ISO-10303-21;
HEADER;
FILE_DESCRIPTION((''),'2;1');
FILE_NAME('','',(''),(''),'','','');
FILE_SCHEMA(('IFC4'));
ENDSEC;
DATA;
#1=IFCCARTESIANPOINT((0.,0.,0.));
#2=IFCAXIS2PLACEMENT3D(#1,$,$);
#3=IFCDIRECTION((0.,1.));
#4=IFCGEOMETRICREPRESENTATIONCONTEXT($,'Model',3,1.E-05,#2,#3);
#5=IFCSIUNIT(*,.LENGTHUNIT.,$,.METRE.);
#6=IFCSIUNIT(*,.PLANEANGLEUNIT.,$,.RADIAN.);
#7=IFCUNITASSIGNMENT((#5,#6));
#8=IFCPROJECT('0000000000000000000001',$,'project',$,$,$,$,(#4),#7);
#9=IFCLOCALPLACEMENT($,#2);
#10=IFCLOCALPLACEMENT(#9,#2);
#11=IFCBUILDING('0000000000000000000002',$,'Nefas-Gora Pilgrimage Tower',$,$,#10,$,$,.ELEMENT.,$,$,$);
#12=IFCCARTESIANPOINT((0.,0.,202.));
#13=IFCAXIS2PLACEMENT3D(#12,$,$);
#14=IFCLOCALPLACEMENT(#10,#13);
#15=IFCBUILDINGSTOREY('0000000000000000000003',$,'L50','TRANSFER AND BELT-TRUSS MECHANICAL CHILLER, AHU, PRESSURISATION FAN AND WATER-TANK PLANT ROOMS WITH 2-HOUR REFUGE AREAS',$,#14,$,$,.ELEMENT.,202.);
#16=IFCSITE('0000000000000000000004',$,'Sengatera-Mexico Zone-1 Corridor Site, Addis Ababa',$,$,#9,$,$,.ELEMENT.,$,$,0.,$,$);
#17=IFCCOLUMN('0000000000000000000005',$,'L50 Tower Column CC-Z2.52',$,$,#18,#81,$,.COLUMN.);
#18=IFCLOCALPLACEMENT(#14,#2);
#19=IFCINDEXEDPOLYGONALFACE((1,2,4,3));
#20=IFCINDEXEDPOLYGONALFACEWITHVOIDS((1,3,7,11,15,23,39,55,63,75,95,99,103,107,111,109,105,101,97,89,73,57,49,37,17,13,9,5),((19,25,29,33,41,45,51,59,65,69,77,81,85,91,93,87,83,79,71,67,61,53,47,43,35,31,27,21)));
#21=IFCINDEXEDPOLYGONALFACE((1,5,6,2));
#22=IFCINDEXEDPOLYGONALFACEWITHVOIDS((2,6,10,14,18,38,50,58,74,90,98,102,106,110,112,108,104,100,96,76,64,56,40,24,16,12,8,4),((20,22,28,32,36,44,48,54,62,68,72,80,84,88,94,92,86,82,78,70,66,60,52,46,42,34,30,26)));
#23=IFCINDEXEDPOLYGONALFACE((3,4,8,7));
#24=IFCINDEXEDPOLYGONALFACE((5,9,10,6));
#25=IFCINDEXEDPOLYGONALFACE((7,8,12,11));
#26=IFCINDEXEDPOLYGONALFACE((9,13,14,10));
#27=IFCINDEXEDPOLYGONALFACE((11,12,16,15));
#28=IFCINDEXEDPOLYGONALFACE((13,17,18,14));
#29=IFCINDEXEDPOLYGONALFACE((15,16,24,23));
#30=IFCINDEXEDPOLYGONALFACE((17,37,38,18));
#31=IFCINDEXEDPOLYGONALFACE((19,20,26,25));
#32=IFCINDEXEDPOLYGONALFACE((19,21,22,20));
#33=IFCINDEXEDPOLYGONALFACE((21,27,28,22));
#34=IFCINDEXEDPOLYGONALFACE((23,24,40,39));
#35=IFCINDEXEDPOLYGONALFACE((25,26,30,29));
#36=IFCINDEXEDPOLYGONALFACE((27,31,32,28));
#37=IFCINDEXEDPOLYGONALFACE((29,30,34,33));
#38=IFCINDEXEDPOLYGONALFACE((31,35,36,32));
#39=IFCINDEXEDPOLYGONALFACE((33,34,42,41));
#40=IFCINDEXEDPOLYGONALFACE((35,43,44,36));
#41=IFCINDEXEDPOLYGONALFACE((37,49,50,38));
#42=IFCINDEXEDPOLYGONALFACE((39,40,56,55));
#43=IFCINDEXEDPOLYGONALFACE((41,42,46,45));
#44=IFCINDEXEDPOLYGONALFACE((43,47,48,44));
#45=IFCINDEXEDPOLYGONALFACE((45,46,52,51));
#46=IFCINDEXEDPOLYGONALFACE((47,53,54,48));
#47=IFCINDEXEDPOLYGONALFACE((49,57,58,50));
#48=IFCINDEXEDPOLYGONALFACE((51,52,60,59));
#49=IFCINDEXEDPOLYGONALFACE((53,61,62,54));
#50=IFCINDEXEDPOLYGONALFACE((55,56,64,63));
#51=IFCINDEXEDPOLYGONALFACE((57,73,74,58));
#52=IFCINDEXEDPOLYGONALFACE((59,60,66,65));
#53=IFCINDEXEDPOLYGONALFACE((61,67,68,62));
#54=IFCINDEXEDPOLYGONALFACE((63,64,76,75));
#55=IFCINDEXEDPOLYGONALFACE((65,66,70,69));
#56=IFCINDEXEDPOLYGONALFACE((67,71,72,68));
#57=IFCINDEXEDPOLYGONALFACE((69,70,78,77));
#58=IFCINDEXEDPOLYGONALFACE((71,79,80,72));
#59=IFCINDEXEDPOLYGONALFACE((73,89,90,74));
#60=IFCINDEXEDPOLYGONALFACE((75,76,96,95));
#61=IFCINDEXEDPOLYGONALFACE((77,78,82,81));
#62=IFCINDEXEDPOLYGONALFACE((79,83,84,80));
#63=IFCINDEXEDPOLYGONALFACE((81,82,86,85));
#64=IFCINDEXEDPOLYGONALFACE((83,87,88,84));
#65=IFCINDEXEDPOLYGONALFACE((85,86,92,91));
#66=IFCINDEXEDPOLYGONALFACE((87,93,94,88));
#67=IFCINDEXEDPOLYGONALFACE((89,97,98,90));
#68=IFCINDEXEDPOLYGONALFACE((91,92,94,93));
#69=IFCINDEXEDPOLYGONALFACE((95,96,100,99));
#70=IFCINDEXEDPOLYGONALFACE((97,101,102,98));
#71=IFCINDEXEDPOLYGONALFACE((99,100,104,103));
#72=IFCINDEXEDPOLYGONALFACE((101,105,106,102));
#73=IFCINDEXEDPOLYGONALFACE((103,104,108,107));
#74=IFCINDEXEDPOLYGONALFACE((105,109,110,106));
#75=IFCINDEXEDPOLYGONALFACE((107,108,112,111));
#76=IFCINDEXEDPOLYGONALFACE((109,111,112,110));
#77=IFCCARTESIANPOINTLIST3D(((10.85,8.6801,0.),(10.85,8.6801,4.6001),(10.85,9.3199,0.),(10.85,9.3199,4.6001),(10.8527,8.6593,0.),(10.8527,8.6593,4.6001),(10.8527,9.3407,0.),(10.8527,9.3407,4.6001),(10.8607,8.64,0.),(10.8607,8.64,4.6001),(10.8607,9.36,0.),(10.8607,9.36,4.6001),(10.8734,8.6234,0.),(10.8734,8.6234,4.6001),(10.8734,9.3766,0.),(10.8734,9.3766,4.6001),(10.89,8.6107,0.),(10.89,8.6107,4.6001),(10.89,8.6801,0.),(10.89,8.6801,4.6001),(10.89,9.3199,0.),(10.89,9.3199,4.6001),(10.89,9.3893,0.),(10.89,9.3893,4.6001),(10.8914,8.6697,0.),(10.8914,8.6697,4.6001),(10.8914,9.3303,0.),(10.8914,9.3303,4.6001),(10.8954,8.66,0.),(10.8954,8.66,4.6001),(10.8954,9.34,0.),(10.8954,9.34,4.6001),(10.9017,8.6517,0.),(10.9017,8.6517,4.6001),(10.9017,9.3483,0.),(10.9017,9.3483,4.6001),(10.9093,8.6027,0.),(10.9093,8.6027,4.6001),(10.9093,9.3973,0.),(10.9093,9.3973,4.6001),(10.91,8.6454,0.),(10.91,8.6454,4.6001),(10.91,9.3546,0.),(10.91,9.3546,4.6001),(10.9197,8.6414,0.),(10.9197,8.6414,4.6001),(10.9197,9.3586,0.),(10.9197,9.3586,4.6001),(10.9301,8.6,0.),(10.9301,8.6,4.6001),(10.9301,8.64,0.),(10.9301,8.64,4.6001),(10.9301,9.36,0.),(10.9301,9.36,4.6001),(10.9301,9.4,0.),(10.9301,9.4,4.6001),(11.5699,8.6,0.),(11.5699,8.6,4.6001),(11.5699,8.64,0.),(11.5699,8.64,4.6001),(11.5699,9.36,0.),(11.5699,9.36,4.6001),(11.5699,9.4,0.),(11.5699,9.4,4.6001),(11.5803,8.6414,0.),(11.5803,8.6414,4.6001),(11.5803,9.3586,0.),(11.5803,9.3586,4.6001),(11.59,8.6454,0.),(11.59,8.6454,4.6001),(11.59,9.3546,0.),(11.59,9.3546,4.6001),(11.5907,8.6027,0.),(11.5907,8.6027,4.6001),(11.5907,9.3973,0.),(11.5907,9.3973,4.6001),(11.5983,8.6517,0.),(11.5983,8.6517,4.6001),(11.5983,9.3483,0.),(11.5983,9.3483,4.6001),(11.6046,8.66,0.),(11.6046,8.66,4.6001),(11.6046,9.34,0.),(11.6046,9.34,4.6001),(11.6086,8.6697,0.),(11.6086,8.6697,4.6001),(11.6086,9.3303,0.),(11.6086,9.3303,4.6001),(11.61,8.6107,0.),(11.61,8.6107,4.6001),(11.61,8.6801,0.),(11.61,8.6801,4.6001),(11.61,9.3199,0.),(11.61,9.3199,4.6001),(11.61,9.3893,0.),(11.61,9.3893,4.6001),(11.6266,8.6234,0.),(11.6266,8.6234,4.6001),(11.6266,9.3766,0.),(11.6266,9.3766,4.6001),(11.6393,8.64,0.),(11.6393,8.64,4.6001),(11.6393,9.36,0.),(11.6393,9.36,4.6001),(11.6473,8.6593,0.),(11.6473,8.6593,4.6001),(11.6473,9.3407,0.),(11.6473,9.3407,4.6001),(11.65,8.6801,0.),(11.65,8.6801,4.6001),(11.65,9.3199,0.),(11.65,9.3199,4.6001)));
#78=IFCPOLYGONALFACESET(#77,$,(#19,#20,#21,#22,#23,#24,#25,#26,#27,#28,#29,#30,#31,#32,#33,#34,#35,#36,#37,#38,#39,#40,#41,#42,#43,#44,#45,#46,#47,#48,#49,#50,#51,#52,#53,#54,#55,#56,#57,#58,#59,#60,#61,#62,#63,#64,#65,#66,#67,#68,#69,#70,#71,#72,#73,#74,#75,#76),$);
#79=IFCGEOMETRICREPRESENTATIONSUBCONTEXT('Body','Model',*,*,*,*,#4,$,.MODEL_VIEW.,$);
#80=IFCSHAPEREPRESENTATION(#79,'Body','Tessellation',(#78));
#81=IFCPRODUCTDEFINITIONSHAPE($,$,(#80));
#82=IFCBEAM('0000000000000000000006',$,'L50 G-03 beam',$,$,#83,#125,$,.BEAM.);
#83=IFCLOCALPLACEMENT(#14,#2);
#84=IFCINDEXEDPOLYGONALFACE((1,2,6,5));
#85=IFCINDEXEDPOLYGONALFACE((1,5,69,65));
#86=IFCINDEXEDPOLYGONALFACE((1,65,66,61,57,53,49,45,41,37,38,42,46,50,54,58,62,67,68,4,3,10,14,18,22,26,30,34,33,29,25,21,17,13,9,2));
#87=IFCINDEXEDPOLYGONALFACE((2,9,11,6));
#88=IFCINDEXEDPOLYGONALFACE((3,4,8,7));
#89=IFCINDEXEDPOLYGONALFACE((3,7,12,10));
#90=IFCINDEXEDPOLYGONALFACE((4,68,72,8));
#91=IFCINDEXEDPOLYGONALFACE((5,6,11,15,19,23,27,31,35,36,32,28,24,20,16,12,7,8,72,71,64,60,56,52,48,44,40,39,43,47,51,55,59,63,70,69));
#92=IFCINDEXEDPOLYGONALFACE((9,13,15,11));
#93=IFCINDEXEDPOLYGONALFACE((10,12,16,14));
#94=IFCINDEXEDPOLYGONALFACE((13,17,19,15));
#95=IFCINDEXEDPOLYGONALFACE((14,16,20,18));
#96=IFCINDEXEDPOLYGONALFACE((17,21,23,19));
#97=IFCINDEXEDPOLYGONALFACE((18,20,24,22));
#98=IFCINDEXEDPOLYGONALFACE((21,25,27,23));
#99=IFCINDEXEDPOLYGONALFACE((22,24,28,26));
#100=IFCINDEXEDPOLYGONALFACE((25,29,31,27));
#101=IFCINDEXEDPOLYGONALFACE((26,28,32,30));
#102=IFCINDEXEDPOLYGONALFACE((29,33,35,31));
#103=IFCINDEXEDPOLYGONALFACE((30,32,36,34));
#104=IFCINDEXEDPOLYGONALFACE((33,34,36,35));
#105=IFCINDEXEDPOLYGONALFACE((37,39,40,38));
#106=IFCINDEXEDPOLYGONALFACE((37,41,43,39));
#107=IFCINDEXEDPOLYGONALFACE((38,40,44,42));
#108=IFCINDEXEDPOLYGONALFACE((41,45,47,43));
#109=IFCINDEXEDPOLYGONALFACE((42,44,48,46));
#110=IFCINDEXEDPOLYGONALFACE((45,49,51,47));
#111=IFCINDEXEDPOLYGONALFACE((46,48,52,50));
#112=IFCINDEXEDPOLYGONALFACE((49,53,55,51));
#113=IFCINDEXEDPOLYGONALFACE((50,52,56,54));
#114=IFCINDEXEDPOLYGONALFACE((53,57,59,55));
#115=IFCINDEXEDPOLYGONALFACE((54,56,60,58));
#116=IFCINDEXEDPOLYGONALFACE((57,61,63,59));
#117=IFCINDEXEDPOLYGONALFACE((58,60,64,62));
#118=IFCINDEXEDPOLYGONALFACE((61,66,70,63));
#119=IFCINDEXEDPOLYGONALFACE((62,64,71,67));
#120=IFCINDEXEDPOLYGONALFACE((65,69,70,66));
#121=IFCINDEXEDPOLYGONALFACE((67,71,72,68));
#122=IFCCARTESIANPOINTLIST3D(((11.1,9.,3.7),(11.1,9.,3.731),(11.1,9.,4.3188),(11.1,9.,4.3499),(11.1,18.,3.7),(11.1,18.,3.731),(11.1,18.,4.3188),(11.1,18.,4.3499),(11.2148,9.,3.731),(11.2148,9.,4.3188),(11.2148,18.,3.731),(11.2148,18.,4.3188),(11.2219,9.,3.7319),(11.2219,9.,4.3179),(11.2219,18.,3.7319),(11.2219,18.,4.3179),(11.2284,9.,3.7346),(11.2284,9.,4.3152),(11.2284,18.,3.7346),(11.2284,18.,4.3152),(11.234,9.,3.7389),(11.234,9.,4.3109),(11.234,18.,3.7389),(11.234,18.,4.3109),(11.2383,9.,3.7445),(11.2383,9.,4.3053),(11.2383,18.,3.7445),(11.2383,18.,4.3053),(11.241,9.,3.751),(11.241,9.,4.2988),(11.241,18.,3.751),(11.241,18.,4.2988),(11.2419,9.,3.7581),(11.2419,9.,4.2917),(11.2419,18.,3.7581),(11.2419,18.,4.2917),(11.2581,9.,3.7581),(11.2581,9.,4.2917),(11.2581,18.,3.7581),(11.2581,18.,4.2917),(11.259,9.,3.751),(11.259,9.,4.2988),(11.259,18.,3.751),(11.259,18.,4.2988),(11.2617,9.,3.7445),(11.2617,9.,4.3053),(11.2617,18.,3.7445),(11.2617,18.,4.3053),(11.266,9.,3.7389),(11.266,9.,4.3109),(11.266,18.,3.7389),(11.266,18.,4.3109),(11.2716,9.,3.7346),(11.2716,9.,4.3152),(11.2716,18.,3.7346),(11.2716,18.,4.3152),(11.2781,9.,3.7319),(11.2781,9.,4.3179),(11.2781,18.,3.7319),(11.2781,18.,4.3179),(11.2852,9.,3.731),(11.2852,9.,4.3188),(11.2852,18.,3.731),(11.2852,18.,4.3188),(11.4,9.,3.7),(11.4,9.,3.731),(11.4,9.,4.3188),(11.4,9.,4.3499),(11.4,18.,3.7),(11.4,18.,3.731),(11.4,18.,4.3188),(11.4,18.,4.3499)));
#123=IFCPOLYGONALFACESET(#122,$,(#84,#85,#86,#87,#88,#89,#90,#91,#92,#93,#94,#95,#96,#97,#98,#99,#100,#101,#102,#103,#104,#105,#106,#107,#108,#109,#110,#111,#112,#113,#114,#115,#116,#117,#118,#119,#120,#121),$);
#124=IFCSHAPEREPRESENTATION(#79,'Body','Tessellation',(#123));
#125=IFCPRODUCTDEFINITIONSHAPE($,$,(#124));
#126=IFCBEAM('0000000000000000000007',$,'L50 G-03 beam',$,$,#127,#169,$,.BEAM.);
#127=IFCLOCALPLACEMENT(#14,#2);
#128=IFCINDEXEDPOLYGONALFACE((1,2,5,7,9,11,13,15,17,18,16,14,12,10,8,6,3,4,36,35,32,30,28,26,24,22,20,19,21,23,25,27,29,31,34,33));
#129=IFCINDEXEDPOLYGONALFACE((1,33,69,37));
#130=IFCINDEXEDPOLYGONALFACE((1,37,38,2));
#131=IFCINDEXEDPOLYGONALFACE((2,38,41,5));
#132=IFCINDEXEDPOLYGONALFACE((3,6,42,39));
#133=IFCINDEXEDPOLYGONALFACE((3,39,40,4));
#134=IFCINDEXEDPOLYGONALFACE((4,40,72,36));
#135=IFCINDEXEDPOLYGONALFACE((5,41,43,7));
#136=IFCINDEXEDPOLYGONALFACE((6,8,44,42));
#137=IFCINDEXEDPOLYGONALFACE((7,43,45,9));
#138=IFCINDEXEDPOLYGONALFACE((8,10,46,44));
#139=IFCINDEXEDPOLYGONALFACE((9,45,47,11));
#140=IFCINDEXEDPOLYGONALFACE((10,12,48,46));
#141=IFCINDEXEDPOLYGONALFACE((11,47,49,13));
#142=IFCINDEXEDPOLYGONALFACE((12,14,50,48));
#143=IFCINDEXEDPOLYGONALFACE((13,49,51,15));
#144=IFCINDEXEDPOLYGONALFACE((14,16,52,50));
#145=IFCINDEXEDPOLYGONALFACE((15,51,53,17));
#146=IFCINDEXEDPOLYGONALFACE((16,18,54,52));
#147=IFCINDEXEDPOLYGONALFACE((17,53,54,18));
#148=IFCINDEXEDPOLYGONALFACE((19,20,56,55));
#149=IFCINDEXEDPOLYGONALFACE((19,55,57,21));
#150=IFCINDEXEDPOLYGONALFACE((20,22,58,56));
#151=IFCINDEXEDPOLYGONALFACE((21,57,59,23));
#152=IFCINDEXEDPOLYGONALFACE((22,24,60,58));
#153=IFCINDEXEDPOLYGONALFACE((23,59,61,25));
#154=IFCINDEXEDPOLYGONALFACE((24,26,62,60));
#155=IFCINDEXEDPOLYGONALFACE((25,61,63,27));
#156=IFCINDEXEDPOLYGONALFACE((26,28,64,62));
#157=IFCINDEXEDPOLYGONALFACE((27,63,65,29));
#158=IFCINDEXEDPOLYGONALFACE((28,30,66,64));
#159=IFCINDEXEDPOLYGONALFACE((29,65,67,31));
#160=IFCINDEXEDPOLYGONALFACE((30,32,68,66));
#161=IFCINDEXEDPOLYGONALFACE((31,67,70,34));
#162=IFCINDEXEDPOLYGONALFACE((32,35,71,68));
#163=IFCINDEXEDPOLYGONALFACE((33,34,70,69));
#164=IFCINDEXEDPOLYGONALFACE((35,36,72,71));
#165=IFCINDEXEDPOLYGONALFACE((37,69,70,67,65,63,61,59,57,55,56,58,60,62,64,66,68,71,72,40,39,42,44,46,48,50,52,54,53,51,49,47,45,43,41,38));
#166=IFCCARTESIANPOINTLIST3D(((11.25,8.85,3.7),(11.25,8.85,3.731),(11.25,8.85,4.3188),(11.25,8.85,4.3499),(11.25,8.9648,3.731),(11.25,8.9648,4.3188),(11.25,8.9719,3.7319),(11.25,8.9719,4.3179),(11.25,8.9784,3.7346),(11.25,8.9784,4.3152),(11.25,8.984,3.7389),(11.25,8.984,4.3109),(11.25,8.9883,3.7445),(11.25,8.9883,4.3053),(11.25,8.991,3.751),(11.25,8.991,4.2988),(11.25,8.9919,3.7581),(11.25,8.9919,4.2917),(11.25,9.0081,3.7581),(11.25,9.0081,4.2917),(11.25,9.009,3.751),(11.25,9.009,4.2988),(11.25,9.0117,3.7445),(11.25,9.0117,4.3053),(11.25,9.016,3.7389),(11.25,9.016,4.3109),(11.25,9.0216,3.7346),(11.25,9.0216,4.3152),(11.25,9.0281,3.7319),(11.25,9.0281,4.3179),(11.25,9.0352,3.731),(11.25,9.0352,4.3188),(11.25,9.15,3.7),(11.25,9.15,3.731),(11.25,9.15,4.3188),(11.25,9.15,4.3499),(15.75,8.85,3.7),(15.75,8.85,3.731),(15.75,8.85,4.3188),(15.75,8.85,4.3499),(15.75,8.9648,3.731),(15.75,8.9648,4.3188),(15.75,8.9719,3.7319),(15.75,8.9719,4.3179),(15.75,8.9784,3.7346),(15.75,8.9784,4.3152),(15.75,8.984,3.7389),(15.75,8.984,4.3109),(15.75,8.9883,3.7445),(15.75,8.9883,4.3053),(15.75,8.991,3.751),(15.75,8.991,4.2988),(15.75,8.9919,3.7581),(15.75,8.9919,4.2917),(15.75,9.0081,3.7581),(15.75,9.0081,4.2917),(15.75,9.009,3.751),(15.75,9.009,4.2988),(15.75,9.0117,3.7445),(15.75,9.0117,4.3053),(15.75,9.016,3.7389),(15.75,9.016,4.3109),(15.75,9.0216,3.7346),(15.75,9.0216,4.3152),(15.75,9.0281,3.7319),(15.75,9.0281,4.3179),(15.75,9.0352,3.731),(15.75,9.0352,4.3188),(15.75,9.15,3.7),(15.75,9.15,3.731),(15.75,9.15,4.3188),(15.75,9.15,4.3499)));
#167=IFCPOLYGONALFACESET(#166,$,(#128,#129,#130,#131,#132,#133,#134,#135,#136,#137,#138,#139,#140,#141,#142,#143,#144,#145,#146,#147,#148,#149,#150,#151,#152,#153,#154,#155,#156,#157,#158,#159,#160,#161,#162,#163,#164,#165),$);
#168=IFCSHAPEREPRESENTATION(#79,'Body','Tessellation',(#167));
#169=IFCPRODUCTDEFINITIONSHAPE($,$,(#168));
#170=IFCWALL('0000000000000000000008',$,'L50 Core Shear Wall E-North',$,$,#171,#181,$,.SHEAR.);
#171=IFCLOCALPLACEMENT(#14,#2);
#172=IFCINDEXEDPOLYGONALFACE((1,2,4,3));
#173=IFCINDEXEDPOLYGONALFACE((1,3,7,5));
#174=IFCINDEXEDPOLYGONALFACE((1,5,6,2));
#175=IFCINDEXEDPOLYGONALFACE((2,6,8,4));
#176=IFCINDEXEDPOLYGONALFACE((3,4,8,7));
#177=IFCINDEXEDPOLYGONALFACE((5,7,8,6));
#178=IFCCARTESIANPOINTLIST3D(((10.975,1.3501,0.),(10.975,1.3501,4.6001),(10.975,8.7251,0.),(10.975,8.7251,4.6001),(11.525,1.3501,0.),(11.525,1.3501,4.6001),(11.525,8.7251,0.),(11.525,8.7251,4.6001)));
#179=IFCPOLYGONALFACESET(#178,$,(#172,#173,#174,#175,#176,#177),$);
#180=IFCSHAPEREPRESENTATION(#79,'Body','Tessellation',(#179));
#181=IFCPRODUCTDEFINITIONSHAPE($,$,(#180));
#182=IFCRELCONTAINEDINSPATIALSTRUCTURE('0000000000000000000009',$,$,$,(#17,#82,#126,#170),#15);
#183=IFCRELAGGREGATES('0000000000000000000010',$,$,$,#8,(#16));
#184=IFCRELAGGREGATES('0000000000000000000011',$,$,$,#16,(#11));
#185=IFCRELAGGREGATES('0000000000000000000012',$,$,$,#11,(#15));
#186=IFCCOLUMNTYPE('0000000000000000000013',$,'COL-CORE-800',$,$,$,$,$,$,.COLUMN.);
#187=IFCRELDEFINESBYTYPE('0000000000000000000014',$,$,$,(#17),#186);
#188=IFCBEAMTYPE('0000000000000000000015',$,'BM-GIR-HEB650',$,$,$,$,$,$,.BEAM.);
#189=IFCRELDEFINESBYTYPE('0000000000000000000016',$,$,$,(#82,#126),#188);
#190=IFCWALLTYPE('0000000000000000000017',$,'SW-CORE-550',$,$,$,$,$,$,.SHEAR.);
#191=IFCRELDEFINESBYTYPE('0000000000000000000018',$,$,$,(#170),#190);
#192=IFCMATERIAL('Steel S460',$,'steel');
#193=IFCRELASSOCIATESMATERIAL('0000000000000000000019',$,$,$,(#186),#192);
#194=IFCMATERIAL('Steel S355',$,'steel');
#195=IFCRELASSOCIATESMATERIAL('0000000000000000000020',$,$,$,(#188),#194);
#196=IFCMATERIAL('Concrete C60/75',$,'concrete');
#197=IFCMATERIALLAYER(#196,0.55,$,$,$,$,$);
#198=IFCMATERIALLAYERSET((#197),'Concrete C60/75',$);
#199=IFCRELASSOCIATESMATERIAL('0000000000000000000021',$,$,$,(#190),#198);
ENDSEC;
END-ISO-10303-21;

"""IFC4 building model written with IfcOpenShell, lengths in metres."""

from ifc_helpers import new_model, si_unit, direction, frame, frame_2d, origin, origin_2d, place, context, subcontext, project, spatial, rectangle, hollow_rectangle, i_section, extrude, source, transform, mapped, material, layer, layer_set, material_profile, profile_set, type_object, element, save


model = new_model("IFC4")

# Units and contexts
model_context = context("Model", 3, precision=1e-05, world=origin(), true_north=direction((0.0, 1.0)))
body_context = subcontext(model_context, "Body", "Model", "MODEL_VIEW")
ifc_project = project(units=[si_unit("LENGTHUNIT", "METRE"), si_unit("PLANEANGLEUNIT", "RADIAN")], contexts=[model_context])

# Site, building, storey
site_placement = place(None, origin())
site = spatial("IfcSite", under=ifc_project, at=site_placement, Name="Sengatera-Mexico Zone-1 Corridor Site, Addis Ababa", CompositionType="ELEMENT", RefElevation=0.0)
building_placement = place(site_placement, origin())
building = spatial("IfcBuilding", under=site, at=building_placement, Name="Nefas-Gora Pilgrimage Tower", CompositionType="ELEMENT")
storey_placement = place(building_placement, frame((0.0, 0.0, 202.0)))
storey = spatial("IfcBuildingStorey", under=building, at=storey_placement, Name="L50", Description="TRANSFER AND BELT-TRUSS MECHANICAL CHILLER, AHU, PRESSURISATION FAN AND WATER-TANK PLANT ROOMS WITH 2-HOUR REFUGE AREAS", CompositionType="ELEMENT", Elevation=202.0)

# Column
ifc_material_1 = material(Name="Steel S460", Category="steel")
ifc_material_profile_1 = material_profile(ifc_material_1, hollow_rectangle(XDim=0.8, YDim=0.8, WallThickness=0.04, InnerFilletRadius=0.04, OuterFilletRadius=0.0801, at=origin_2d()), Name="BOX 800x800x40")
ifc_profile_set_1 = profile_set([ifc_material_profile_1], Name="Steel S460")
column_type = type_object("IfcColumnType", Name="COL-CORE-800", PredefinedType="COLUMN", material=ifc_profile_set_1)
shared_shape_1 = source(origin(), body_context, "Body", "SweptSolid", [
    extrude(hollow_rectangle(XDim=0.8, YDim=0.8, WallThickness=0.04, InnerFilletRadius=0.04, OuterFilletRadius=0.0801, at=origin_2d()), origin(), (0.0, 0.0, 1.0), 4.6001),
])
column_placement = place(storey_placement, frame((11.25, 9.0, 0.0), z_axis=(0.0, 0.0, 1.0), x_axis=(1.0, 0.0, 0.0)))
element("IfcColumn", 1, at=column_placement, inside=storey, type_object=column_type, Name="L50 Tower Column CC-Z2.52", PredefinedType="COLUMN", context=body_context, shape_type="MappedRepresentation", body=[
    mapped(shared_shape_1, transform((0.0, 0.0, 0.0), x_axis=(1.0, 0.0, 0.0), y_axis=(0.0, 1.0, 0.0), z_axis=(0.0, 0.0, 1.0), scale=1.0)),
])

# Beams
ifc_material_2 = material(Name="Steel S355", Category="steel")
ifc_material_profile_2 = material_profile(ifc_material_2, i_section(OverallWidth=0.3, OverallDepth=0.6499, WebThickness=0.0161, FlangeThickness=0.031, FilletRadius=0.0271, at=origin_2d()), Name="HEB 650")
ifc_profile_set_2 = profile_set([ifc_material_profile_2], Name="Steel S355")
beam_type = type_object("IfcBeamType", Name="BM-GIR-HEB650", PredefinedType="BEAM", material=ifc_profile_set_2)
shared_shape_2 = source(origin(), body_context, "Body", "SweptSolid", [
    extrude(i_section(OverallWidth=0.3, OverallDepth=0.6499, WebThickness=0.0161, FlangeThickness=0.031, FilletRadius=0.0271, at=origin_2d()), origin(), (0.0, 0.0, 1.0), 9.0),
])
beam_1_placement = place(storey_placement, frame((11.25, 9.0, 4.0249), z_axis=(0.0, 1.0, 0.0), x_axis=(-1.0, 0.0, 0.0)))
element("IfcBeam", 2, at=beam_1_placement, inside=storey, type_object=beam_type, Name="L50 G-03 beam", PredefinedType="BEAM", context=body_context, shape_type="MappedRepresentation", body=[
    mapped(shared_shape_2, transform((0.0, 0.0, 0.0), x_axis=(1.0, 0.0, 0.0), y_axis=(0.0, 1.0, 0.0), z_axis=(0.0, 0.0, 1.0), scale=1.0)),
])
shared_shape_3 = source(origin(), body_context, "Body", "SweptSolid", [
    extrude(i_section(OverallWidth=0.3, OverallDepth=0.6499, WebThickness=0.0161, FlangeThickness=0.031, FilletRadius=0.0271, at=origin_2d()), origin(), (0.0, 0.0, 1.0), 4.5),
])
beam_2_placement = place(storey_placement, frame((11.25, 9.0, 4.0249), z_axis=(1.0, 0.0, 0.0), x_axis=(0.0, 1.0, 0.0)))
element("IfcBeam", 3, at=beam_2_placement, inside=storey, type_object=beam_type, Name="L50 G-03 beam", PredefinedType="BEAM", context=body_context, shape_type="MappedRepresentation", body=[
    mapped(shared_shape_3, transform((0.0, 0.0, 0.0), x_axis=(1.0, 0.0, 0.0), y_axis=(0.0, 1.0, 0.0), z_axis=(0.0, 0.0, 1.0), scale=1.0)),
])

# Wall
ifc_material_3 = material(Name="Concrete C60/75", Category="concrete")
ifc_layer_1 = layer(ifc_material_3, 0.55)
ifc_layer_set_1 = layer_set([ifc_layer_1], Name="Concrete C60/75")
wall_type_1 = type_object("IfcWallType", Name="SW-CORE-550", PredefinedType="SHEAR", material=ifc_layer_set_1)
shared_shape_4 = source(origin(), body_context, "Body", "SweptSolid", [
    extrude(rectangle(XDim=7.375, YDim=0.55, at=frame_2d((3.6875, 0.0))), origin(), (0.0, 0.0, 1.0), 4.6001),
])
wall_1_placement = place(storey_placement, frame((11.25, 1.3501, 0.0), z_axis=(0.0, 0.0, 1.0), x_axis=(0.0, 1.0, 0.0)))
element("IfcWall", 4, at=wall_1_placement, inside=storey, type_object=wall_type_1, Name="L50 Core Shear Wall E-North", PredefinedType="SHEAR", context=body_context, shape_type="MappedRepresentation", body=[
    mapped(shared_shape_4, transform((0.0, 0.0, 0.0), x_axis=(1.0, 0.0, 0.0), y_axis=(0.0, 1.0, 0.0), z_axis=(0.0, 0.0, 1.0), scale=1.0)),
])

save(model, "model.ifc")
